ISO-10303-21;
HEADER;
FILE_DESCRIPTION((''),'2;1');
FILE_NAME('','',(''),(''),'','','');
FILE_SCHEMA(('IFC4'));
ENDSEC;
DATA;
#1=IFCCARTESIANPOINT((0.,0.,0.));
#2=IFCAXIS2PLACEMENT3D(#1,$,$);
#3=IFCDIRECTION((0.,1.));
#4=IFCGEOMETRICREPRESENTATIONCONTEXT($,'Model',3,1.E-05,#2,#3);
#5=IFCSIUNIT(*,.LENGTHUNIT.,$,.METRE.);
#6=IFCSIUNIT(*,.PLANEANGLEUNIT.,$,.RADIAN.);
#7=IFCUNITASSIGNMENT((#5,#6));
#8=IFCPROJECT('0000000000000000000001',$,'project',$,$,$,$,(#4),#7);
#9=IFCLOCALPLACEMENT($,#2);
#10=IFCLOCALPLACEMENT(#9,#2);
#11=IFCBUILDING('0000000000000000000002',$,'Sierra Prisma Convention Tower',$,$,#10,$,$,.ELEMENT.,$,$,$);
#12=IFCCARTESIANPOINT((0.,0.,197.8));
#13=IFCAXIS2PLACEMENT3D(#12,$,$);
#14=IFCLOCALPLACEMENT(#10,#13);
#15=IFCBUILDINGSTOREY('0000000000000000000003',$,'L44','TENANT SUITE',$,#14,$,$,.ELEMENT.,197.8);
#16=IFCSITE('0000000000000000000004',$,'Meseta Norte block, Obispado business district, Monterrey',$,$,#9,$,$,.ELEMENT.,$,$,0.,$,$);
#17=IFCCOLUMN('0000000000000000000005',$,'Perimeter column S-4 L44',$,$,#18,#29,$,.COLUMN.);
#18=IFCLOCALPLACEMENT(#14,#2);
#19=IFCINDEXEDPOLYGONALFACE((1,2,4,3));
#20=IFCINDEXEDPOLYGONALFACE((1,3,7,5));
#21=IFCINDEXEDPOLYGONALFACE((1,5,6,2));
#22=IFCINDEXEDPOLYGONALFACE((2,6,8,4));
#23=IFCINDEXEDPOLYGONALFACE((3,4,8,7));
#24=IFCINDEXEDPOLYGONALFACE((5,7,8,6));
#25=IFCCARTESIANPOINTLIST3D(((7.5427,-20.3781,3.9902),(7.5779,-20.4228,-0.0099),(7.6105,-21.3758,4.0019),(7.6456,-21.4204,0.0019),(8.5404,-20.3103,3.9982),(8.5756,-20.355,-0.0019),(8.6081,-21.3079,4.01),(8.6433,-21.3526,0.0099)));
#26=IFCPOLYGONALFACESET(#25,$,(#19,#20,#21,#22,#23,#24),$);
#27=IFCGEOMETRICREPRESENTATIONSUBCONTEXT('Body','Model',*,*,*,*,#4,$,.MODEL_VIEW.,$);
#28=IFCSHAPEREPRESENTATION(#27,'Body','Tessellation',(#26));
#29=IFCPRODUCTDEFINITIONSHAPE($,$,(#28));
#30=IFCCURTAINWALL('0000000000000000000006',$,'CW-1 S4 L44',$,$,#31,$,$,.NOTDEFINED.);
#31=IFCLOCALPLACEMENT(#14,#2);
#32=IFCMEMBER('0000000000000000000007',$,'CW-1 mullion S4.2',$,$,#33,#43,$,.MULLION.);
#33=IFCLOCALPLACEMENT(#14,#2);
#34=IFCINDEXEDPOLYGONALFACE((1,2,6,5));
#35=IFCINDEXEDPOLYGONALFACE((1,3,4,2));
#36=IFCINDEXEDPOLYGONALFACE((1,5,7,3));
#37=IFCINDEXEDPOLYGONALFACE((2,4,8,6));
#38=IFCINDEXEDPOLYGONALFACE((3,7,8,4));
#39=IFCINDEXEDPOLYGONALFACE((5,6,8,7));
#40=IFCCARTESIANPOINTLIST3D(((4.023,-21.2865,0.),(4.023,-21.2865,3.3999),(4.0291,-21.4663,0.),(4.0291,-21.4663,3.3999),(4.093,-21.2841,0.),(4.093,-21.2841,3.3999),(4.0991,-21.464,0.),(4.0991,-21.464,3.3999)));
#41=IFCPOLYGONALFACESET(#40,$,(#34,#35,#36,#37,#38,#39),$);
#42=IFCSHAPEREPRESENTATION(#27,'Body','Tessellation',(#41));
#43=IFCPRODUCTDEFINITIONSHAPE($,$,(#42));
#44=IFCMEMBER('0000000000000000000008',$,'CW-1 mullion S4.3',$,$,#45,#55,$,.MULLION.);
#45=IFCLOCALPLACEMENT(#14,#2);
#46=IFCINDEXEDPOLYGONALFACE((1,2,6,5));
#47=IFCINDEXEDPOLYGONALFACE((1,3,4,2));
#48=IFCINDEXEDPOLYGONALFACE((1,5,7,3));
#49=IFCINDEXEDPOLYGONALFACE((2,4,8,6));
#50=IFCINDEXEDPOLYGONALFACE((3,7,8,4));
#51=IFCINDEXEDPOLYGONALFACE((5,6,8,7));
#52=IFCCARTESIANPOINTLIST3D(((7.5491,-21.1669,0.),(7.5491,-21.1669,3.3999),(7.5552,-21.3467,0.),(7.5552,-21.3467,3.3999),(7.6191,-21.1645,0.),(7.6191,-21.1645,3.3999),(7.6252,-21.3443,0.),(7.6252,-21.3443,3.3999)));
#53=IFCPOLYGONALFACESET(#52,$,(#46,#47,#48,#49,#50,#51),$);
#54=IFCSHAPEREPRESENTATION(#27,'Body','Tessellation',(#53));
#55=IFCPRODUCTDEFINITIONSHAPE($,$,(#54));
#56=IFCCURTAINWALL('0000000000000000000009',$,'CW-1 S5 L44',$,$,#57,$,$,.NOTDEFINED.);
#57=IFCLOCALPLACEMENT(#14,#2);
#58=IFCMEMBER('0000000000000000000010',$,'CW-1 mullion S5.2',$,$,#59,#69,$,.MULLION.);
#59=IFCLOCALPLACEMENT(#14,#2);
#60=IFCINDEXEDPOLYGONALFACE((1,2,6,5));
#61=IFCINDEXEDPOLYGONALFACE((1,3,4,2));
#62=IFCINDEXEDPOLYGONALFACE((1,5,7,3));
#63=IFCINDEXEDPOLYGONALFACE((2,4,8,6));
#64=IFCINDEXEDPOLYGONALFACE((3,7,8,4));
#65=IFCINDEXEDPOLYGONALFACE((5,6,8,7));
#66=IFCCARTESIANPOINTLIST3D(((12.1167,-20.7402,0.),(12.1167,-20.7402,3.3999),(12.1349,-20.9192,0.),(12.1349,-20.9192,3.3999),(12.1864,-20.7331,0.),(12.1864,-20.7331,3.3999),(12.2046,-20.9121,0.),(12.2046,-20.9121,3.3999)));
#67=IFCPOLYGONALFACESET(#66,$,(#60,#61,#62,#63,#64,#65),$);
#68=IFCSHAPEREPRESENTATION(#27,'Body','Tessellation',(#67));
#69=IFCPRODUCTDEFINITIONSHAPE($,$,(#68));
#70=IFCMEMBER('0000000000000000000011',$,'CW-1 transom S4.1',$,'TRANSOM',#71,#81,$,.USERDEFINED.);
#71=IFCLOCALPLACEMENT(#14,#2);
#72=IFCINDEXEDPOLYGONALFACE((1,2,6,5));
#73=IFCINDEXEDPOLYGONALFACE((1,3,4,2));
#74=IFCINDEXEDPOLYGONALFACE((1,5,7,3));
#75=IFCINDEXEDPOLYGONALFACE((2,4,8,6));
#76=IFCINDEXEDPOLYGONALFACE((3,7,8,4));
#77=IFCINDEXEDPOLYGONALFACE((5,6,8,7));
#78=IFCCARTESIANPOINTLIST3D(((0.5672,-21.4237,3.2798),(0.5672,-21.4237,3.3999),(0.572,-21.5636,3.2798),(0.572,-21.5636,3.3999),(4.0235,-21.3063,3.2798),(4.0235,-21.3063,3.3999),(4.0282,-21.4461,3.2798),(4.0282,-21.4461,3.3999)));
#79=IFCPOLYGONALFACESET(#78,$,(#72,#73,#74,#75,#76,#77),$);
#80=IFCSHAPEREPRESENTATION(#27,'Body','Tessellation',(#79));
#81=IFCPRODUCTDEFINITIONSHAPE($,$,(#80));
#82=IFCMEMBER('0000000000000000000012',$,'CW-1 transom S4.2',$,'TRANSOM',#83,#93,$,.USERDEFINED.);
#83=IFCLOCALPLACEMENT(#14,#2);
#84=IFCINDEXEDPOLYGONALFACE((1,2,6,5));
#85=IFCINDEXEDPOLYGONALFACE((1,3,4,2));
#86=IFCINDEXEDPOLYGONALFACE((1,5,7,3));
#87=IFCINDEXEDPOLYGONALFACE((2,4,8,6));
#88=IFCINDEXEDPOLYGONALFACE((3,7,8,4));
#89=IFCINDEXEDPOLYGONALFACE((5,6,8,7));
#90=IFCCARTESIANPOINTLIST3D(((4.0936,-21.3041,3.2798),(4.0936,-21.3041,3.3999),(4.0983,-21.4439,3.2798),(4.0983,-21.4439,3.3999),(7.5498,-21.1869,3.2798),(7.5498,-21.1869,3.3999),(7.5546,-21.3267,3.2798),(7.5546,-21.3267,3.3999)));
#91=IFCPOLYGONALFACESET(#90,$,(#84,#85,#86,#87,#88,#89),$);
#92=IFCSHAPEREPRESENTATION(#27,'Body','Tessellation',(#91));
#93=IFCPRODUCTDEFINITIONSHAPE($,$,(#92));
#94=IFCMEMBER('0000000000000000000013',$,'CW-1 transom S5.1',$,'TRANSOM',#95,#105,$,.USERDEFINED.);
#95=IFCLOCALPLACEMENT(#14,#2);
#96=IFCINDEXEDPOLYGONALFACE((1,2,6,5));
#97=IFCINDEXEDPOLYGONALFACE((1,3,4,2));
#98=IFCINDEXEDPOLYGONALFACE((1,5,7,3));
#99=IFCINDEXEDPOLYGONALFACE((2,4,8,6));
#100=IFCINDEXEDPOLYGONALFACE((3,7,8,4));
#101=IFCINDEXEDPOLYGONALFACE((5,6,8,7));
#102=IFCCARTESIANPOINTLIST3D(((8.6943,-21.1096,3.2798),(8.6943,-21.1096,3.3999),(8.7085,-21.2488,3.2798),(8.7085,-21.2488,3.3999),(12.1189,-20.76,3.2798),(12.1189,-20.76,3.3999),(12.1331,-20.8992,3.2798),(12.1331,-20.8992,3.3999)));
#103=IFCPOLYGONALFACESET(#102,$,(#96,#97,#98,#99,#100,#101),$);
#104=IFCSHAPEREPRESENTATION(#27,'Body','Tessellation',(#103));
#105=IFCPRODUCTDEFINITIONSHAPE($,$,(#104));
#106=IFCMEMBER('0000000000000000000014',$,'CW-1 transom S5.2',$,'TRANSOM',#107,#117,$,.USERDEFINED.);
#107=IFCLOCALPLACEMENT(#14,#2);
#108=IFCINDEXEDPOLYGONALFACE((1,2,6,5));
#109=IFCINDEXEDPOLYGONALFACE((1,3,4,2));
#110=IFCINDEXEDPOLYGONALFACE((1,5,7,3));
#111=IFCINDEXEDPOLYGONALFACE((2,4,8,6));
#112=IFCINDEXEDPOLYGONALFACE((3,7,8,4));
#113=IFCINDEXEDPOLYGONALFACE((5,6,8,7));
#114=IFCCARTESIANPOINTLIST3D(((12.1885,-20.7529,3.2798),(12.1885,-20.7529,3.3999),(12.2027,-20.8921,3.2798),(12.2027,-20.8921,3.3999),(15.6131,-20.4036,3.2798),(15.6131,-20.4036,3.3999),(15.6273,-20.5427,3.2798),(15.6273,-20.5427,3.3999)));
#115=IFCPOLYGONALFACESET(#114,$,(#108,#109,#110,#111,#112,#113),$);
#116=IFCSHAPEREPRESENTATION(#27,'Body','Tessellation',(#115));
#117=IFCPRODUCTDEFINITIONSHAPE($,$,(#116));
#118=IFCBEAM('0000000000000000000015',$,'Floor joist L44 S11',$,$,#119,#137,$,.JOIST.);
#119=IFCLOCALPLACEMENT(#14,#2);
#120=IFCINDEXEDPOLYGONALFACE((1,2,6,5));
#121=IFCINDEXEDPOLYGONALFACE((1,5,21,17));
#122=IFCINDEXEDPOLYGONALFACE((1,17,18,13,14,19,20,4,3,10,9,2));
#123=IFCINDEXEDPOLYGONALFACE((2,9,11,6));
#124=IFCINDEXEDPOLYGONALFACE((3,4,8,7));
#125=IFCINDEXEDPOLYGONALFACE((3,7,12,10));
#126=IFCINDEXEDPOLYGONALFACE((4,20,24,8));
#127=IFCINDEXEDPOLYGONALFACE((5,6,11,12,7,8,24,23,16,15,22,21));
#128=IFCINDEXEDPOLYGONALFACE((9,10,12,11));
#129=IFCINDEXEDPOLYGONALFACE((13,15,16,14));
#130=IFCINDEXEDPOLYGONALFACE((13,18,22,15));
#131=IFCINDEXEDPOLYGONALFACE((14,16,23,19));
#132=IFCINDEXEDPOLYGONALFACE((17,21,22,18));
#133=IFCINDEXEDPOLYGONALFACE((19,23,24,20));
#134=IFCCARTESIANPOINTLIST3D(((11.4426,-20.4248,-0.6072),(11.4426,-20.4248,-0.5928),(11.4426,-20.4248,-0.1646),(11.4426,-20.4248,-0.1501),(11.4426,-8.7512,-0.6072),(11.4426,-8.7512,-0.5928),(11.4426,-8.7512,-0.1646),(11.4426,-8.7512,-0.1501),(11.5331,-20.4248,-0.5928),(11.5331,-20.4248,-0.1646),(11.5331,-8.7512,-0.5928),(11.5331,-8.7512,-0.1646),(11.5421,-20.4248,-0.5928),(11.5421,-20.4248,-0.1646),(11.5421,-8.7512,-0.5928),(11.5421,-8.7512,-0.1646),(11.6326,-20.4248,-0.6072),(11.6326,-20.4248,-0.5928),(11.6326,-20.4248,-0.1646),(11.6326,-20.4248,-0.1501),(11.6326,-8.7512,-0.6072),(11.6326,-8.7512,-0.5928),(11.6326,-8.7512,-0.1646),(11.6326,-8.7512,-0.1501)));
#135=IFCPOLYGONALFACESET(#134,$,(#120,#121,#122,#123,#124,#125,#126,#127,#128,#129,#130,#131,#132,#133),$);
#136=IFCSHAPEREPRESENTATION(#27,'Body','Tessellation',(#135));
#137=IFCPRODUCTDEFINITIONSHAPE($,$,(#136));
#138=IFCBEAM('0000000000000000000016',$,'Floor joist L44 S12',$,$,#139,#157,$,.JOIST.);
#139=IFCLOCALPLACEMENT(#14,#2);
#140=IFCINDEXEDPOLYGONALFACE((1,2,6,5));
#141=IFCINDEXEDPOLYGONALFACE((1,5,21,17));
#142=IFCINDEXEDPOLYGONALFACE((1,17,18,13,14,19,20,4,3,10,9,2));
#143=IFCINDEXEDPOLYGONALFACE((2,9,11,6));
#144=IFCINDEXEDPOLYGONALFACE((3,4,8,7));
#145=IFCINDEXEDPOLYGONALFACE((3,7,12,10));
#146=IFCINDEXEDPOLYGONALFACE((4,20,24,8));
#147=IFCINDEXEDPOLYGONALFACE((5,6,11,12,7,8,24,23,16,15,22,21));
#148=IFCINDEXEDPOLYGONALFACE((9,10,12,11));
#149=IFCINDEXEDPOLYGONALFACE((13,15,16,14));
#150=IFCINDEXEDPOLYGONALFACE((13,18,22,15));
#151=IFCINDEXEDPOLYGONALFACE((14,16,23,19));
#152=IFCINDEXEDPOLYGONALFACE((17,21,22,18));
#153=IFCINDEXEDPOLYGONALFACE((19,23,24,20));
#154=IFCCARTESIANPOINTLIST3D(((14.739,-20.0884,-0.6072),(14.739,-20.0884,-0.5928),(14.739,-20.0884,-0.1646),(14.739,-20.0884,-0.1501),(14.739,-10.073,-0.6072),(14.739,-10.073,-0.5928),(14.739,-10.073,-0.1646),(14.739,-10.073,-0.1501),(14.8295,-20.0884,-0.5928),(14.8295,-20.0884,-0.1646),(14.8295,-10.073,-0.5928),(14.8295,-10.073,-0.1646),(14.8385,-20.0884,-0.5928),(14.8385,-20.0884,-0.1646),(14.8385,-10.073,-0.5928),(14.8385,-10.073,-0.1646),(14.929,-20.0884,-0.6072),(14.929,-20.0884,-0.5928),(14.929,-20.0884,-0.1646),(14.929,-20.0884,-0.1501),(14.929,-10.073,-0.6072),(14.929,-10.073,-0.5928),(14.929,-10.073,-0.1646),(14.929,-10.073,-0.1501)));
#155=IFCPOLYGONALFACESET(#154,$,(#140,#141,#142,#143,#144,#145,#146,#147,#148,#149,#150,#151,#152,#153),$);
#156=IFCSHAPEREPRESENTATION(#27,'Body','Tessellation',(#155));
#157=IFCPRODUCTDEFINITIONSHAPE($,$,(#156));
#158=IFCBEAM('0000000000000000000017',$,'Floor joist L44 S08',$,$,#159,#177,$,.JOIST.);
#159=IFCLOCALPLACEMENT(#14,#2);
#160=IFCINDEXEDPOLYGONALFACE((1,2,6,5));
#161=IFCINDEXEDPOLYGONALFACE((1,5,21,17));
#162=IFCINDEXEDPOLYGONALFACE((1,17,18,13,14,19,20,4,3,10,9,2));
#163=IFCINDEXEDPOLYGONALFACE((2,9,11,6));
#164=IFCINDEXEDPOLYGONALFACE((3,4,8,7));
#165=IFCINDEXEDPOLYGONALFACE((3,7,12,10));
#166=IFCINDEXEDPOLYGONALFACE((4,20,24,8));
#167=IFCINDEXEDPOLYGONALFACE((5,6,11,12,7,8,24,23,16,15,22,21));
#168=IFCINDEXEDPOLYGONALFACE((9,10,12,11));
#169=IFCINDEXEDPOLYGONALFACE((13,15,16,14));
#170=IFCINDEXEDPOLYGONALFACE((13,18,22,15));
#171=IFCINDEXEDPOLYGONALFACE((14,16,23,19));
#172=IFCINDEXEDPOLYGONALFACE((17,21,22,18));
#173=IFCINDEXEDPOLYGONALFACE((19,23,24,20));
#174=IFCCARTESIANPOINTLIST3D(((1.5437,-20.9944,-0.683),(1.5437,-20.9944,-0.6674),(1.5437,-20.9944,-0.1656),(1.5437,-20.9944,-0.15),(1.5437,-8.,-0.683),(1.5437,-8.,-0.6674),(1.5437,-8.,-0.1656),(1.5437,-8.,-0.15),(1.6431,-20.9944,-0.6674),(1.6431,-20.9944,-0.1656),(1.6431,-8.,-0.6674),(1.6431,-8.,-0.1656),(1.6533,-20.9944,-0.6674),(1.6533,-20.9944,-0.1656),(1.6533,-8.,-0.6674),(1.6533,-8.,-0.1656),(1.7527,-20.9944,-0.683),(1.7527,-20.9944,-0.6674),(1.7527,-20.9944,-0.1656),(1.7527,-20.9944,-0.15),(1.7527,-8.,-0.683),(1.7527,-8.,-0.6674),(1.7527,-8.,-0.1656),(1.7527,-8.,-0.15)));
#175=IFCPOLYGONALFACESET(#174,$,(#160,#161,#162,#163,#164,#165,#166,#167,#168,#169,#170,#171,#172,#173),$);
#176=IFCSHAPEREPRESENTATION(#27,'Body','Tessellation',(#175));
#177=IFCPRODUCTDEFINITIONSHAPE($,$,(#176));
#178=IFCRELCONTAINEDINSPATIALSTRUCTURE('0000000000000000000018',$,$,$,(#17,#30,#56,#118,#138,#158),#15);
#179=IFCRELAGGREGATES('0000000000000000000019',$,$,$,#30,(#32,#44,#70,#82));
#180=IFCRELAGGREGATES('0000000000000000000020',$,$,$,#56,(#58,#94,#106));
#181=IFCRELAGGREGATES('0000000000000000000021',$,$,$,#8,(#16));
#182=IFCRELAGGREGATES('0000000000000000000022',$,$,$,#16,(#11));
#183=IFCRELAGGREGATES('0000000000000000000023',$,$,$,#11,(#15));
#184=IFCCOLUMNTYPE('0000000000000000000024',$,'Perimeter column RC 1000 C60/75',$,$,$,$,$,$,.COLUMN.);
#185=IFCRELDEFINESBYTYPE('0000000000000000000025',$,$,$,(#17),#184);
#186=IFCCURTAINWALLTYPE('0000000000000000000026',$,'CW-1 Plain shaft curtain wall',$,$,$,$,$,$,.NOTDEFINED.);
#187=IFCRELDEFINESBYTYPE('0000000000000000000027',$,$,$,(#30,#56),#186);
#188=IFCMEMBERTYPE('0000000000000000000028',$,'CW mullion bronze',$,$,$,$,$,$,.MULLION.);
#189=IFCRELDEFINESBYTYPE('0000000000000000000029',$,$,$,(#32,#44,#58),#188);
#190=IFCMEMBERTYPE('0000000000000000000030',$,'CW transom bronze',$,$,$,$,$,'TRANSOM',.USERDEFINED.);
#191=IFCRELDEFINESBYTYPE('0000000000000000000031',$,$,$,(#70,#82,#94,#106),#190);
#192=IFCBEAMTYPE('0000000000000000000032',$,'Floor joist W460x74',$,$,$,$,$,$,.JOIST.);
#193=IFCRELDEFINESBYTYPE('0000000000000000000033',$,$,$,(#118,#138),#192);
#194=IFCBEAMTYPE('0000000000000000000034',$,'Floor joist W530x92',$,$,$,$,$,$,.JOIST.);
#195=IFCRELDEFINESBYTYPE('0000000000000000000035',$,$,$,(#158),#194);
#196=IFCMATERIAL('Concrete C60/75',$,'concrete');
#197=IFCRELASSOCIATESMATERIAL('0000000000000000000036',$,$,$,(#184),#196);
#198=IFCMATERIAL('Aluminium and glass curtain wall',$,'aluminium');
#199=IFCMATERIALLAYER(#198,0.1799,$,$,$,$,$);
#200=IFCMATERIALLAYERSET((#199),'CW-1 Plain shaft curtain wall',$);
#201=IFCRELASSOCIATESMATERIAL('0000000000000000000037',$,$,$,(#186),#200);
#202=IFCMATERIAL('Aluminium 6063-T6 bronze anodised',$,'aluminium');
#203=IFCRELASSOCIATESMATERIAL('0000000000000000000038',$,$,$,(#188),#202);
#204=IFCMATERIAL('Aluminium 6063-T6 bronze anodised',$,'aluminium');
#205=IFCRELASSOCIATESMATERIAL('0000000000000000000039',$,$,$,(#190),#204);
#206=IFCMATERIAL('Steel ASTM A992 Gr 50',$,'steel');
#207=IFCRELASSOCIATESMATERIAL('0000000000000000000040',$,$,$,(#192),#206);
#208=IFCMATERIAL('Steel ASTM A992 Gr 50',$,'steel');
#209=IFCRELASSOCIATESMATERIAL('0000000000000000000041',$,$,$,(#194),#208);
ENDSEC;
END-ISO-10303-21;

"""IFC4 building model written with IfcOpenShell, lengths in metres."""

from ifc_helpers import new_model, si_unit, direction, frame, origin, origin_2d, place, context, subcontext, project, spatial, rectangle, i_section, extrude, material, layer, layer_set, material_profile, profile_set, type_object, element, aggregate, save


model = new_model("IFC4")

# Units and contexts
model_context = context("Model", 3, precision=1e-05, world=origin(), true_north=direction((0.0, 1.0)))
body_context = subcontext(model_context, "Body", "Model", "MODEL_VIEW")
ifc_project = project(units=[si_unit("LENGTHUNIT", "METRE"), si_unit("PLANEANGLEUNIT", "RADIAN")], contexts=[model_context])

# Site, building, storey
site_placement = place(None, origin())
site = spatial("IfcSite", under=ifc_project, at=site_placement, Name="Meseta Norte block, Obispado business district, Monterrey", CompositionType="ELEMENT", RefElevation=0.0)
building_placement = place(site_placement, origin())
building = spatial("IfcBuilding", under=site, at=building_placement, Name="Sierra Prisma Convention Tower", CompositionType="ELEMENT")
storey_placement = place(building_placement, frame((0.0, 0.0, 197.8)))
storey = spatial("IfcBuildingStorey", under=building, at=storey_placement, Name="L44", Description="TENANT SUITE", CompositionType="ELEMENT", Elevation=197.8)

# Column
ifc_material_1 = material(Name="Concrete C60/75", Category="concrete")
ifc_material_profile_1 = material_profile(ifc_material_1, rectangle(XDim=1.0, YDim=1.0, at=origin_2d()), Name="Perimeter column RC 1000 C60/75")
ifc_profile_set_1 = profile_set([ifc_material_profile_1], Name="Concrete C60/75")
column_type = type_object("IfcColumnType", Name="Perimeter column RC 1000 C60/75", PredefinedType="COLUMN", material=ifc_profile_set_1)
column_placement = place(storey_placement, frame((8.1106, -20.8877, 0.0), z_axis=(-0.008788, 0.011168, 0.999899), x_axis=(0.997664, 0.067841, 0.008011)))
element("IfcColumn", 1, at=column_placement, inside=storey, type_object=column_type, Name="Perimeter column S-4 L44", PredefinedType="COLUMN", context=body_context, shape_type="SweptSolid", body=[
    extrude(rectangle(XDim=1.0, YDim=1.0, at=origin_2d()), origin(), (0.0, 0.0, 1.0), 4.0005),
])

# Curtain wall, members
ifc_material_2 = material(Name="Aluminium and glass curtain wall", Category="aluminium")
ifc_layer_1 = layer(ifc_material_2, 0.1799)
ifc_layer_set_1 = layer_set([ifc_layer_1], Name="CW-1 Plain shaft curtain wall")
curtain_wall_type = type_object("IfcCurtainWallType", Name="CW-1 Plain shaft curtain wall", PredefinedType="NOTDEFINED", material=ifc_layer_set_1)
curtain_wall_1_placement = place(storey_placement, origin())
curtain_wall_1 = element("IfcCurtainWall", 2, at=curtain_wall_1_placement, inside=storey, type_object=curtain_wall_type, Name="CW-1 S4 L44", PredefinedType="NOTDEFINED")
ifc_material_3 = material(Name="Aluminium 6063-T6 bronze anodised", Category="aluminium")
ifc_material_profile_2 = material_profile(ifc_material_3, rectangle(XDim=0.1799, YDim=0.0701, at=origin_2d()), Name="ALU MULLION 70x180")
ifc_profile_set_2 = profile_set([ifc_material_profile_2], Name="Aluminium 6063-T6 bronze anodised")
member_type_1 = type_object("IfcMemberType", Name="CW mullion bronze", PredefinedType="MULLION", material=ifc_profile_set_2)
member_1_placement = place(storey_placement, frame((4.061, -21.3752, 0.0), z_axis=(0.0, 0.0, 1.0), x_axis=(-0.033893, 0.999425, 0.0)))
member_1 = element("IfcMember", 3, at=member_1_placement, type_object=member_type_1, Name="CW-1 mullion S4.2", PredefinedType="MULLION", context=body_context, shape_type="SweptSolid", body=[
    extrude(rectangle(XDim=0.1799, YDim=0.0701, at=origin_2d()), origin(), (0.0, 0.0, 1.0), 3.3999),
])
member_2_placement = place(storey_placement, frame((7.5872, -21.2556, 0.0), z_axis=(0.0, 0.0, 1.0), x_axis=(-0.033893, 0.999425, 0.0)))
member_2 = element("IfcMember", 4, at=member_2_placement, type_object=member_type_1, Name="CW-1 mullion S4.3", PredefinedType="MULLION", context=body_context, shape_type="SweptSolid", body=[
    extrude(rectangle(XDim=0.1799, YDim=0.0701, at=origin_2d()), origin(), (0.0, 0.0, 1.0), 3.3999),
])

# Curtain wall, member
curtain_wall_2_placement = place(storey_placement, origin())
curtain_wall_2 = element("IfcCurtainWall", 5, at=curtain_wall_2_placement, inside=storey, type_object=curtain_wall_type, Name="CW-1 S5 L44", PredefinedType="NOTDEFINED")
member_3_placement = place(storey_placement, frame((12.1606, -20.8262, 0.0), z_axis=(0.0, 0.0, 1.0), x_axis=(-0.101523, 0.994833, 0.0)))
member_3 = element("IfcMember", 6, at=member_3_placement, type_object=member_type_1, Name="CW-1 mullion S5.2", PredefinedType="MULLION", context=body_context, shape_type="SweptSolid", body=[
    extrude(rectangle(XDim=0.1799, YDim=0.0701, at=origin_2d()), origin(), (0.0, 0.0, 1.0), 3.3999),
])

# Members
ifc_material_4 = material(Name="Aluminium 6063-T6 bronze anodised", Category="aluminium")
ifc_material_profile_3 = material_profile(ifc_material_4, rectangle(XDim=0.1399, YDim=0.1201, at=origin_2d()), Name="ALU TRANSOM 120x140")
ifc_profile_set_3 = profile_set([ifc_material_profile_3], Name="Aluminium 6063-T6 bronze anodised")
member_type_2 = type_object("IfcMemberType", Name="CW transom bronze", ElementType="TRANSOM", PredefinedType="USERDEFINED", material=ifc_profile_set_3)
member_4_placement = place(storey_placement, frame((0.5696, -21.4937, 3.3398), z_axis=(0.999423, 0.033957, 0.0), x_axis=(-0.033957, 0.999423, 0.0)))
member_4 = element("IfcMember", 7, at=member_4_placement, type_object=member_type_2, Name="CW-1 transom S4.1", ObjectType="TRANSOM", PredefinedType="USERDEFINED", context=body_context, shape_type="SweptSolid", body=[
    extrude(rectangle(XDim=0.1399, YDim=0.1201, at=origin_2d()), origin(), (0.0, 0.0, 1.0), 3.4583),
])
member_5_placement = place(storey_placement, frame((4.0959, -21.374, 3.3398), z_axis=(0.999426, 0.033886, 0.0), x_axis=(-0.033886, 0.999426, 0.0)))
member_5 = element("IfcMember", 8, at=member_5_placement, type_object=member_type_2, Name="CW-1 transom S4.2", ObjectType="TRANSOM", PredefinedType="USERDEFINED", context=body_context, shape_type="SweptSolid", body=[
    extrude(rectangle(XDim=0.1399, YDim=0.1201, at=origin_2d()), origin(), (0.0, 0.0, 1.0), 3.4583),
])
member_6_placement = place(storey_placement, frame((8.7014, -21.1792, 3.3398), z_axis=(0.994829, 0.101561, 0.0), x_axis=(-0.101561, 0.994829, 0.0)))
member_6 = element("IfcMember", 9, at=member_6_placement, type_object=member_type_2, Name="CW-1 transom S5.1", ObjectType="TRANSOM", PredefinedType="USERDEFINED", context=body_context, shape_type="SweptSolid", body=[
    extrude(rectangle(XDim=0.1399, YDim=0.1201, at=origin_2d()), origin(), (0.0, 0.0, 1.0), 3.4424),
])
member_7_placement = place(storey_placement, frame((12.1956, -20.8225, 3.3398), z_axis=(0.994836, 0.101491, 0.0), x_axis=(-0.101491, 0.994836, 0.0)))
member_7 = element("IfcMember", 10, at=member_7_placement, type_object=member_type_2, Name="CW-1 transom S5.2", ObjectType="TRANSOM", PredefinedType="USERDEFINED", context=body_context, shape_type="SweptSolid", body=[
    extrude(rectangle(XDim=0.1399, YDim=0.1201, at=origin_2d()), origin(), (0.0, 0.0, 1.0), 3.4424),
])

# Beams
ifc_material_5 = material(Name="Steel ASTM A992 Gr 50", Category="steel")
ifc_material_profile_4 = material_profile(ifc_material_5, i_section(OverallWidth=0.1899, OverallDepth=0.457, WebThickness=0.009, FlangeThickness=0.0144, at=origin_2d()), Name="W460x74")
ifc_profile_set_4 = profile_set([ifc_material_profile_4], Name="Steel ASTM A992 Gr 50")
beam_type_1 = type_object("IfcBeamType", Name="Floor joist W460x74", PredefinedType="JOIST", material=ifc_profile_set_4)
beam_1_placement = place(storey_placement, frame((11.5376, -20.4248, -0.3787), z_axis=(0.0, 1.0, 0.0), x_axis=(-1.0, 0.0, 0.0)))
element("IfcBeam", 11, at=beam_1_placement, inside=storey, type_object=beam_type_1, Name="Floor joist L44 S11", PredefinedType="JOIST", context=body_context, shape_type="SweptSolid", body=[
    extrude(i_section(OverallWidth=0.1899, OverallDepth=0.457, WebThickness=0.009, FlangeThickness=0.0144, at=origin_2d()), origin(), (0.0, 0.0, 1.0), 11.6736),
])
beam_2_placement = place(storey_placement, frame((14.834, -20.0884, -0.3787), z_axis=(0.0, 1.0, 0.0), x_axis=(-1.0, 0.0, 0.0)))
element("IfcBeam", 12, at=beam_2_placement, inside=storey, type_object=beam_type_1, Name="Floor joist L44 S12", PredefinedType="JOIST", context=body_context, shape_type="SweptSolid", body=[
    extrude(i_section(OverallWidth=0.1899, OverallDepth=0.457, WebThickness=0.009, FlangeThickness=0.0144, at=origin_2d()), origin(), (0.0, 0.0, 1.0), 10.0154),
])
ifc_material_6 = material(Name="Steel ASTM A992 Gr 50", Category="steel")
ifc_material_profile_5 = material_profile(ifc_material_6, i_section(OverallWidth=0.209, OverallDepth=0.533, WebThickness=0.0103, FlangeThickness=0.0156, at=origin_2d()), Name="W530x92")
ifc_profile_set_5 = profile_set([ifc_material_profile_5], Name="Steel ASTM A992 Gr 50")
beam_type_2 = type_object("IfcBeamType", Name="Floor joist W530x92", PredefinedType="JOIST", material=ifc_profile_set_5)
beam_3_placement = place(storey_placement, frame((1.6482, -20.9944, -0.4165), z_axis=(0.0, 1.0, 0.0), x_axis=(-1.0, 0.0, 0.0)))
element("IfcBeam", 13, at=beam_3_placement, inside=storey, type_object=beam_type_2, Name="Floor joist L44 S08", PredefinedType="JOIST", context=body_context, shape_type="SweptSolid", body=[
    extrude(i_section(OverallWidth=0.209, OverallDepth=0.533, WebThickness=0.0103, FlangeThickness=0.0156, at=origin_2d()), origin(), (0.0, 0.0, 1.0), 12.9944),
])

aggregate(curtain_wall_1, [member_1, member_2, member_4, member_5])
aggregate(curtain_wall_2, [member_3, member_6, member_7])

save(model, "model.ifc")
